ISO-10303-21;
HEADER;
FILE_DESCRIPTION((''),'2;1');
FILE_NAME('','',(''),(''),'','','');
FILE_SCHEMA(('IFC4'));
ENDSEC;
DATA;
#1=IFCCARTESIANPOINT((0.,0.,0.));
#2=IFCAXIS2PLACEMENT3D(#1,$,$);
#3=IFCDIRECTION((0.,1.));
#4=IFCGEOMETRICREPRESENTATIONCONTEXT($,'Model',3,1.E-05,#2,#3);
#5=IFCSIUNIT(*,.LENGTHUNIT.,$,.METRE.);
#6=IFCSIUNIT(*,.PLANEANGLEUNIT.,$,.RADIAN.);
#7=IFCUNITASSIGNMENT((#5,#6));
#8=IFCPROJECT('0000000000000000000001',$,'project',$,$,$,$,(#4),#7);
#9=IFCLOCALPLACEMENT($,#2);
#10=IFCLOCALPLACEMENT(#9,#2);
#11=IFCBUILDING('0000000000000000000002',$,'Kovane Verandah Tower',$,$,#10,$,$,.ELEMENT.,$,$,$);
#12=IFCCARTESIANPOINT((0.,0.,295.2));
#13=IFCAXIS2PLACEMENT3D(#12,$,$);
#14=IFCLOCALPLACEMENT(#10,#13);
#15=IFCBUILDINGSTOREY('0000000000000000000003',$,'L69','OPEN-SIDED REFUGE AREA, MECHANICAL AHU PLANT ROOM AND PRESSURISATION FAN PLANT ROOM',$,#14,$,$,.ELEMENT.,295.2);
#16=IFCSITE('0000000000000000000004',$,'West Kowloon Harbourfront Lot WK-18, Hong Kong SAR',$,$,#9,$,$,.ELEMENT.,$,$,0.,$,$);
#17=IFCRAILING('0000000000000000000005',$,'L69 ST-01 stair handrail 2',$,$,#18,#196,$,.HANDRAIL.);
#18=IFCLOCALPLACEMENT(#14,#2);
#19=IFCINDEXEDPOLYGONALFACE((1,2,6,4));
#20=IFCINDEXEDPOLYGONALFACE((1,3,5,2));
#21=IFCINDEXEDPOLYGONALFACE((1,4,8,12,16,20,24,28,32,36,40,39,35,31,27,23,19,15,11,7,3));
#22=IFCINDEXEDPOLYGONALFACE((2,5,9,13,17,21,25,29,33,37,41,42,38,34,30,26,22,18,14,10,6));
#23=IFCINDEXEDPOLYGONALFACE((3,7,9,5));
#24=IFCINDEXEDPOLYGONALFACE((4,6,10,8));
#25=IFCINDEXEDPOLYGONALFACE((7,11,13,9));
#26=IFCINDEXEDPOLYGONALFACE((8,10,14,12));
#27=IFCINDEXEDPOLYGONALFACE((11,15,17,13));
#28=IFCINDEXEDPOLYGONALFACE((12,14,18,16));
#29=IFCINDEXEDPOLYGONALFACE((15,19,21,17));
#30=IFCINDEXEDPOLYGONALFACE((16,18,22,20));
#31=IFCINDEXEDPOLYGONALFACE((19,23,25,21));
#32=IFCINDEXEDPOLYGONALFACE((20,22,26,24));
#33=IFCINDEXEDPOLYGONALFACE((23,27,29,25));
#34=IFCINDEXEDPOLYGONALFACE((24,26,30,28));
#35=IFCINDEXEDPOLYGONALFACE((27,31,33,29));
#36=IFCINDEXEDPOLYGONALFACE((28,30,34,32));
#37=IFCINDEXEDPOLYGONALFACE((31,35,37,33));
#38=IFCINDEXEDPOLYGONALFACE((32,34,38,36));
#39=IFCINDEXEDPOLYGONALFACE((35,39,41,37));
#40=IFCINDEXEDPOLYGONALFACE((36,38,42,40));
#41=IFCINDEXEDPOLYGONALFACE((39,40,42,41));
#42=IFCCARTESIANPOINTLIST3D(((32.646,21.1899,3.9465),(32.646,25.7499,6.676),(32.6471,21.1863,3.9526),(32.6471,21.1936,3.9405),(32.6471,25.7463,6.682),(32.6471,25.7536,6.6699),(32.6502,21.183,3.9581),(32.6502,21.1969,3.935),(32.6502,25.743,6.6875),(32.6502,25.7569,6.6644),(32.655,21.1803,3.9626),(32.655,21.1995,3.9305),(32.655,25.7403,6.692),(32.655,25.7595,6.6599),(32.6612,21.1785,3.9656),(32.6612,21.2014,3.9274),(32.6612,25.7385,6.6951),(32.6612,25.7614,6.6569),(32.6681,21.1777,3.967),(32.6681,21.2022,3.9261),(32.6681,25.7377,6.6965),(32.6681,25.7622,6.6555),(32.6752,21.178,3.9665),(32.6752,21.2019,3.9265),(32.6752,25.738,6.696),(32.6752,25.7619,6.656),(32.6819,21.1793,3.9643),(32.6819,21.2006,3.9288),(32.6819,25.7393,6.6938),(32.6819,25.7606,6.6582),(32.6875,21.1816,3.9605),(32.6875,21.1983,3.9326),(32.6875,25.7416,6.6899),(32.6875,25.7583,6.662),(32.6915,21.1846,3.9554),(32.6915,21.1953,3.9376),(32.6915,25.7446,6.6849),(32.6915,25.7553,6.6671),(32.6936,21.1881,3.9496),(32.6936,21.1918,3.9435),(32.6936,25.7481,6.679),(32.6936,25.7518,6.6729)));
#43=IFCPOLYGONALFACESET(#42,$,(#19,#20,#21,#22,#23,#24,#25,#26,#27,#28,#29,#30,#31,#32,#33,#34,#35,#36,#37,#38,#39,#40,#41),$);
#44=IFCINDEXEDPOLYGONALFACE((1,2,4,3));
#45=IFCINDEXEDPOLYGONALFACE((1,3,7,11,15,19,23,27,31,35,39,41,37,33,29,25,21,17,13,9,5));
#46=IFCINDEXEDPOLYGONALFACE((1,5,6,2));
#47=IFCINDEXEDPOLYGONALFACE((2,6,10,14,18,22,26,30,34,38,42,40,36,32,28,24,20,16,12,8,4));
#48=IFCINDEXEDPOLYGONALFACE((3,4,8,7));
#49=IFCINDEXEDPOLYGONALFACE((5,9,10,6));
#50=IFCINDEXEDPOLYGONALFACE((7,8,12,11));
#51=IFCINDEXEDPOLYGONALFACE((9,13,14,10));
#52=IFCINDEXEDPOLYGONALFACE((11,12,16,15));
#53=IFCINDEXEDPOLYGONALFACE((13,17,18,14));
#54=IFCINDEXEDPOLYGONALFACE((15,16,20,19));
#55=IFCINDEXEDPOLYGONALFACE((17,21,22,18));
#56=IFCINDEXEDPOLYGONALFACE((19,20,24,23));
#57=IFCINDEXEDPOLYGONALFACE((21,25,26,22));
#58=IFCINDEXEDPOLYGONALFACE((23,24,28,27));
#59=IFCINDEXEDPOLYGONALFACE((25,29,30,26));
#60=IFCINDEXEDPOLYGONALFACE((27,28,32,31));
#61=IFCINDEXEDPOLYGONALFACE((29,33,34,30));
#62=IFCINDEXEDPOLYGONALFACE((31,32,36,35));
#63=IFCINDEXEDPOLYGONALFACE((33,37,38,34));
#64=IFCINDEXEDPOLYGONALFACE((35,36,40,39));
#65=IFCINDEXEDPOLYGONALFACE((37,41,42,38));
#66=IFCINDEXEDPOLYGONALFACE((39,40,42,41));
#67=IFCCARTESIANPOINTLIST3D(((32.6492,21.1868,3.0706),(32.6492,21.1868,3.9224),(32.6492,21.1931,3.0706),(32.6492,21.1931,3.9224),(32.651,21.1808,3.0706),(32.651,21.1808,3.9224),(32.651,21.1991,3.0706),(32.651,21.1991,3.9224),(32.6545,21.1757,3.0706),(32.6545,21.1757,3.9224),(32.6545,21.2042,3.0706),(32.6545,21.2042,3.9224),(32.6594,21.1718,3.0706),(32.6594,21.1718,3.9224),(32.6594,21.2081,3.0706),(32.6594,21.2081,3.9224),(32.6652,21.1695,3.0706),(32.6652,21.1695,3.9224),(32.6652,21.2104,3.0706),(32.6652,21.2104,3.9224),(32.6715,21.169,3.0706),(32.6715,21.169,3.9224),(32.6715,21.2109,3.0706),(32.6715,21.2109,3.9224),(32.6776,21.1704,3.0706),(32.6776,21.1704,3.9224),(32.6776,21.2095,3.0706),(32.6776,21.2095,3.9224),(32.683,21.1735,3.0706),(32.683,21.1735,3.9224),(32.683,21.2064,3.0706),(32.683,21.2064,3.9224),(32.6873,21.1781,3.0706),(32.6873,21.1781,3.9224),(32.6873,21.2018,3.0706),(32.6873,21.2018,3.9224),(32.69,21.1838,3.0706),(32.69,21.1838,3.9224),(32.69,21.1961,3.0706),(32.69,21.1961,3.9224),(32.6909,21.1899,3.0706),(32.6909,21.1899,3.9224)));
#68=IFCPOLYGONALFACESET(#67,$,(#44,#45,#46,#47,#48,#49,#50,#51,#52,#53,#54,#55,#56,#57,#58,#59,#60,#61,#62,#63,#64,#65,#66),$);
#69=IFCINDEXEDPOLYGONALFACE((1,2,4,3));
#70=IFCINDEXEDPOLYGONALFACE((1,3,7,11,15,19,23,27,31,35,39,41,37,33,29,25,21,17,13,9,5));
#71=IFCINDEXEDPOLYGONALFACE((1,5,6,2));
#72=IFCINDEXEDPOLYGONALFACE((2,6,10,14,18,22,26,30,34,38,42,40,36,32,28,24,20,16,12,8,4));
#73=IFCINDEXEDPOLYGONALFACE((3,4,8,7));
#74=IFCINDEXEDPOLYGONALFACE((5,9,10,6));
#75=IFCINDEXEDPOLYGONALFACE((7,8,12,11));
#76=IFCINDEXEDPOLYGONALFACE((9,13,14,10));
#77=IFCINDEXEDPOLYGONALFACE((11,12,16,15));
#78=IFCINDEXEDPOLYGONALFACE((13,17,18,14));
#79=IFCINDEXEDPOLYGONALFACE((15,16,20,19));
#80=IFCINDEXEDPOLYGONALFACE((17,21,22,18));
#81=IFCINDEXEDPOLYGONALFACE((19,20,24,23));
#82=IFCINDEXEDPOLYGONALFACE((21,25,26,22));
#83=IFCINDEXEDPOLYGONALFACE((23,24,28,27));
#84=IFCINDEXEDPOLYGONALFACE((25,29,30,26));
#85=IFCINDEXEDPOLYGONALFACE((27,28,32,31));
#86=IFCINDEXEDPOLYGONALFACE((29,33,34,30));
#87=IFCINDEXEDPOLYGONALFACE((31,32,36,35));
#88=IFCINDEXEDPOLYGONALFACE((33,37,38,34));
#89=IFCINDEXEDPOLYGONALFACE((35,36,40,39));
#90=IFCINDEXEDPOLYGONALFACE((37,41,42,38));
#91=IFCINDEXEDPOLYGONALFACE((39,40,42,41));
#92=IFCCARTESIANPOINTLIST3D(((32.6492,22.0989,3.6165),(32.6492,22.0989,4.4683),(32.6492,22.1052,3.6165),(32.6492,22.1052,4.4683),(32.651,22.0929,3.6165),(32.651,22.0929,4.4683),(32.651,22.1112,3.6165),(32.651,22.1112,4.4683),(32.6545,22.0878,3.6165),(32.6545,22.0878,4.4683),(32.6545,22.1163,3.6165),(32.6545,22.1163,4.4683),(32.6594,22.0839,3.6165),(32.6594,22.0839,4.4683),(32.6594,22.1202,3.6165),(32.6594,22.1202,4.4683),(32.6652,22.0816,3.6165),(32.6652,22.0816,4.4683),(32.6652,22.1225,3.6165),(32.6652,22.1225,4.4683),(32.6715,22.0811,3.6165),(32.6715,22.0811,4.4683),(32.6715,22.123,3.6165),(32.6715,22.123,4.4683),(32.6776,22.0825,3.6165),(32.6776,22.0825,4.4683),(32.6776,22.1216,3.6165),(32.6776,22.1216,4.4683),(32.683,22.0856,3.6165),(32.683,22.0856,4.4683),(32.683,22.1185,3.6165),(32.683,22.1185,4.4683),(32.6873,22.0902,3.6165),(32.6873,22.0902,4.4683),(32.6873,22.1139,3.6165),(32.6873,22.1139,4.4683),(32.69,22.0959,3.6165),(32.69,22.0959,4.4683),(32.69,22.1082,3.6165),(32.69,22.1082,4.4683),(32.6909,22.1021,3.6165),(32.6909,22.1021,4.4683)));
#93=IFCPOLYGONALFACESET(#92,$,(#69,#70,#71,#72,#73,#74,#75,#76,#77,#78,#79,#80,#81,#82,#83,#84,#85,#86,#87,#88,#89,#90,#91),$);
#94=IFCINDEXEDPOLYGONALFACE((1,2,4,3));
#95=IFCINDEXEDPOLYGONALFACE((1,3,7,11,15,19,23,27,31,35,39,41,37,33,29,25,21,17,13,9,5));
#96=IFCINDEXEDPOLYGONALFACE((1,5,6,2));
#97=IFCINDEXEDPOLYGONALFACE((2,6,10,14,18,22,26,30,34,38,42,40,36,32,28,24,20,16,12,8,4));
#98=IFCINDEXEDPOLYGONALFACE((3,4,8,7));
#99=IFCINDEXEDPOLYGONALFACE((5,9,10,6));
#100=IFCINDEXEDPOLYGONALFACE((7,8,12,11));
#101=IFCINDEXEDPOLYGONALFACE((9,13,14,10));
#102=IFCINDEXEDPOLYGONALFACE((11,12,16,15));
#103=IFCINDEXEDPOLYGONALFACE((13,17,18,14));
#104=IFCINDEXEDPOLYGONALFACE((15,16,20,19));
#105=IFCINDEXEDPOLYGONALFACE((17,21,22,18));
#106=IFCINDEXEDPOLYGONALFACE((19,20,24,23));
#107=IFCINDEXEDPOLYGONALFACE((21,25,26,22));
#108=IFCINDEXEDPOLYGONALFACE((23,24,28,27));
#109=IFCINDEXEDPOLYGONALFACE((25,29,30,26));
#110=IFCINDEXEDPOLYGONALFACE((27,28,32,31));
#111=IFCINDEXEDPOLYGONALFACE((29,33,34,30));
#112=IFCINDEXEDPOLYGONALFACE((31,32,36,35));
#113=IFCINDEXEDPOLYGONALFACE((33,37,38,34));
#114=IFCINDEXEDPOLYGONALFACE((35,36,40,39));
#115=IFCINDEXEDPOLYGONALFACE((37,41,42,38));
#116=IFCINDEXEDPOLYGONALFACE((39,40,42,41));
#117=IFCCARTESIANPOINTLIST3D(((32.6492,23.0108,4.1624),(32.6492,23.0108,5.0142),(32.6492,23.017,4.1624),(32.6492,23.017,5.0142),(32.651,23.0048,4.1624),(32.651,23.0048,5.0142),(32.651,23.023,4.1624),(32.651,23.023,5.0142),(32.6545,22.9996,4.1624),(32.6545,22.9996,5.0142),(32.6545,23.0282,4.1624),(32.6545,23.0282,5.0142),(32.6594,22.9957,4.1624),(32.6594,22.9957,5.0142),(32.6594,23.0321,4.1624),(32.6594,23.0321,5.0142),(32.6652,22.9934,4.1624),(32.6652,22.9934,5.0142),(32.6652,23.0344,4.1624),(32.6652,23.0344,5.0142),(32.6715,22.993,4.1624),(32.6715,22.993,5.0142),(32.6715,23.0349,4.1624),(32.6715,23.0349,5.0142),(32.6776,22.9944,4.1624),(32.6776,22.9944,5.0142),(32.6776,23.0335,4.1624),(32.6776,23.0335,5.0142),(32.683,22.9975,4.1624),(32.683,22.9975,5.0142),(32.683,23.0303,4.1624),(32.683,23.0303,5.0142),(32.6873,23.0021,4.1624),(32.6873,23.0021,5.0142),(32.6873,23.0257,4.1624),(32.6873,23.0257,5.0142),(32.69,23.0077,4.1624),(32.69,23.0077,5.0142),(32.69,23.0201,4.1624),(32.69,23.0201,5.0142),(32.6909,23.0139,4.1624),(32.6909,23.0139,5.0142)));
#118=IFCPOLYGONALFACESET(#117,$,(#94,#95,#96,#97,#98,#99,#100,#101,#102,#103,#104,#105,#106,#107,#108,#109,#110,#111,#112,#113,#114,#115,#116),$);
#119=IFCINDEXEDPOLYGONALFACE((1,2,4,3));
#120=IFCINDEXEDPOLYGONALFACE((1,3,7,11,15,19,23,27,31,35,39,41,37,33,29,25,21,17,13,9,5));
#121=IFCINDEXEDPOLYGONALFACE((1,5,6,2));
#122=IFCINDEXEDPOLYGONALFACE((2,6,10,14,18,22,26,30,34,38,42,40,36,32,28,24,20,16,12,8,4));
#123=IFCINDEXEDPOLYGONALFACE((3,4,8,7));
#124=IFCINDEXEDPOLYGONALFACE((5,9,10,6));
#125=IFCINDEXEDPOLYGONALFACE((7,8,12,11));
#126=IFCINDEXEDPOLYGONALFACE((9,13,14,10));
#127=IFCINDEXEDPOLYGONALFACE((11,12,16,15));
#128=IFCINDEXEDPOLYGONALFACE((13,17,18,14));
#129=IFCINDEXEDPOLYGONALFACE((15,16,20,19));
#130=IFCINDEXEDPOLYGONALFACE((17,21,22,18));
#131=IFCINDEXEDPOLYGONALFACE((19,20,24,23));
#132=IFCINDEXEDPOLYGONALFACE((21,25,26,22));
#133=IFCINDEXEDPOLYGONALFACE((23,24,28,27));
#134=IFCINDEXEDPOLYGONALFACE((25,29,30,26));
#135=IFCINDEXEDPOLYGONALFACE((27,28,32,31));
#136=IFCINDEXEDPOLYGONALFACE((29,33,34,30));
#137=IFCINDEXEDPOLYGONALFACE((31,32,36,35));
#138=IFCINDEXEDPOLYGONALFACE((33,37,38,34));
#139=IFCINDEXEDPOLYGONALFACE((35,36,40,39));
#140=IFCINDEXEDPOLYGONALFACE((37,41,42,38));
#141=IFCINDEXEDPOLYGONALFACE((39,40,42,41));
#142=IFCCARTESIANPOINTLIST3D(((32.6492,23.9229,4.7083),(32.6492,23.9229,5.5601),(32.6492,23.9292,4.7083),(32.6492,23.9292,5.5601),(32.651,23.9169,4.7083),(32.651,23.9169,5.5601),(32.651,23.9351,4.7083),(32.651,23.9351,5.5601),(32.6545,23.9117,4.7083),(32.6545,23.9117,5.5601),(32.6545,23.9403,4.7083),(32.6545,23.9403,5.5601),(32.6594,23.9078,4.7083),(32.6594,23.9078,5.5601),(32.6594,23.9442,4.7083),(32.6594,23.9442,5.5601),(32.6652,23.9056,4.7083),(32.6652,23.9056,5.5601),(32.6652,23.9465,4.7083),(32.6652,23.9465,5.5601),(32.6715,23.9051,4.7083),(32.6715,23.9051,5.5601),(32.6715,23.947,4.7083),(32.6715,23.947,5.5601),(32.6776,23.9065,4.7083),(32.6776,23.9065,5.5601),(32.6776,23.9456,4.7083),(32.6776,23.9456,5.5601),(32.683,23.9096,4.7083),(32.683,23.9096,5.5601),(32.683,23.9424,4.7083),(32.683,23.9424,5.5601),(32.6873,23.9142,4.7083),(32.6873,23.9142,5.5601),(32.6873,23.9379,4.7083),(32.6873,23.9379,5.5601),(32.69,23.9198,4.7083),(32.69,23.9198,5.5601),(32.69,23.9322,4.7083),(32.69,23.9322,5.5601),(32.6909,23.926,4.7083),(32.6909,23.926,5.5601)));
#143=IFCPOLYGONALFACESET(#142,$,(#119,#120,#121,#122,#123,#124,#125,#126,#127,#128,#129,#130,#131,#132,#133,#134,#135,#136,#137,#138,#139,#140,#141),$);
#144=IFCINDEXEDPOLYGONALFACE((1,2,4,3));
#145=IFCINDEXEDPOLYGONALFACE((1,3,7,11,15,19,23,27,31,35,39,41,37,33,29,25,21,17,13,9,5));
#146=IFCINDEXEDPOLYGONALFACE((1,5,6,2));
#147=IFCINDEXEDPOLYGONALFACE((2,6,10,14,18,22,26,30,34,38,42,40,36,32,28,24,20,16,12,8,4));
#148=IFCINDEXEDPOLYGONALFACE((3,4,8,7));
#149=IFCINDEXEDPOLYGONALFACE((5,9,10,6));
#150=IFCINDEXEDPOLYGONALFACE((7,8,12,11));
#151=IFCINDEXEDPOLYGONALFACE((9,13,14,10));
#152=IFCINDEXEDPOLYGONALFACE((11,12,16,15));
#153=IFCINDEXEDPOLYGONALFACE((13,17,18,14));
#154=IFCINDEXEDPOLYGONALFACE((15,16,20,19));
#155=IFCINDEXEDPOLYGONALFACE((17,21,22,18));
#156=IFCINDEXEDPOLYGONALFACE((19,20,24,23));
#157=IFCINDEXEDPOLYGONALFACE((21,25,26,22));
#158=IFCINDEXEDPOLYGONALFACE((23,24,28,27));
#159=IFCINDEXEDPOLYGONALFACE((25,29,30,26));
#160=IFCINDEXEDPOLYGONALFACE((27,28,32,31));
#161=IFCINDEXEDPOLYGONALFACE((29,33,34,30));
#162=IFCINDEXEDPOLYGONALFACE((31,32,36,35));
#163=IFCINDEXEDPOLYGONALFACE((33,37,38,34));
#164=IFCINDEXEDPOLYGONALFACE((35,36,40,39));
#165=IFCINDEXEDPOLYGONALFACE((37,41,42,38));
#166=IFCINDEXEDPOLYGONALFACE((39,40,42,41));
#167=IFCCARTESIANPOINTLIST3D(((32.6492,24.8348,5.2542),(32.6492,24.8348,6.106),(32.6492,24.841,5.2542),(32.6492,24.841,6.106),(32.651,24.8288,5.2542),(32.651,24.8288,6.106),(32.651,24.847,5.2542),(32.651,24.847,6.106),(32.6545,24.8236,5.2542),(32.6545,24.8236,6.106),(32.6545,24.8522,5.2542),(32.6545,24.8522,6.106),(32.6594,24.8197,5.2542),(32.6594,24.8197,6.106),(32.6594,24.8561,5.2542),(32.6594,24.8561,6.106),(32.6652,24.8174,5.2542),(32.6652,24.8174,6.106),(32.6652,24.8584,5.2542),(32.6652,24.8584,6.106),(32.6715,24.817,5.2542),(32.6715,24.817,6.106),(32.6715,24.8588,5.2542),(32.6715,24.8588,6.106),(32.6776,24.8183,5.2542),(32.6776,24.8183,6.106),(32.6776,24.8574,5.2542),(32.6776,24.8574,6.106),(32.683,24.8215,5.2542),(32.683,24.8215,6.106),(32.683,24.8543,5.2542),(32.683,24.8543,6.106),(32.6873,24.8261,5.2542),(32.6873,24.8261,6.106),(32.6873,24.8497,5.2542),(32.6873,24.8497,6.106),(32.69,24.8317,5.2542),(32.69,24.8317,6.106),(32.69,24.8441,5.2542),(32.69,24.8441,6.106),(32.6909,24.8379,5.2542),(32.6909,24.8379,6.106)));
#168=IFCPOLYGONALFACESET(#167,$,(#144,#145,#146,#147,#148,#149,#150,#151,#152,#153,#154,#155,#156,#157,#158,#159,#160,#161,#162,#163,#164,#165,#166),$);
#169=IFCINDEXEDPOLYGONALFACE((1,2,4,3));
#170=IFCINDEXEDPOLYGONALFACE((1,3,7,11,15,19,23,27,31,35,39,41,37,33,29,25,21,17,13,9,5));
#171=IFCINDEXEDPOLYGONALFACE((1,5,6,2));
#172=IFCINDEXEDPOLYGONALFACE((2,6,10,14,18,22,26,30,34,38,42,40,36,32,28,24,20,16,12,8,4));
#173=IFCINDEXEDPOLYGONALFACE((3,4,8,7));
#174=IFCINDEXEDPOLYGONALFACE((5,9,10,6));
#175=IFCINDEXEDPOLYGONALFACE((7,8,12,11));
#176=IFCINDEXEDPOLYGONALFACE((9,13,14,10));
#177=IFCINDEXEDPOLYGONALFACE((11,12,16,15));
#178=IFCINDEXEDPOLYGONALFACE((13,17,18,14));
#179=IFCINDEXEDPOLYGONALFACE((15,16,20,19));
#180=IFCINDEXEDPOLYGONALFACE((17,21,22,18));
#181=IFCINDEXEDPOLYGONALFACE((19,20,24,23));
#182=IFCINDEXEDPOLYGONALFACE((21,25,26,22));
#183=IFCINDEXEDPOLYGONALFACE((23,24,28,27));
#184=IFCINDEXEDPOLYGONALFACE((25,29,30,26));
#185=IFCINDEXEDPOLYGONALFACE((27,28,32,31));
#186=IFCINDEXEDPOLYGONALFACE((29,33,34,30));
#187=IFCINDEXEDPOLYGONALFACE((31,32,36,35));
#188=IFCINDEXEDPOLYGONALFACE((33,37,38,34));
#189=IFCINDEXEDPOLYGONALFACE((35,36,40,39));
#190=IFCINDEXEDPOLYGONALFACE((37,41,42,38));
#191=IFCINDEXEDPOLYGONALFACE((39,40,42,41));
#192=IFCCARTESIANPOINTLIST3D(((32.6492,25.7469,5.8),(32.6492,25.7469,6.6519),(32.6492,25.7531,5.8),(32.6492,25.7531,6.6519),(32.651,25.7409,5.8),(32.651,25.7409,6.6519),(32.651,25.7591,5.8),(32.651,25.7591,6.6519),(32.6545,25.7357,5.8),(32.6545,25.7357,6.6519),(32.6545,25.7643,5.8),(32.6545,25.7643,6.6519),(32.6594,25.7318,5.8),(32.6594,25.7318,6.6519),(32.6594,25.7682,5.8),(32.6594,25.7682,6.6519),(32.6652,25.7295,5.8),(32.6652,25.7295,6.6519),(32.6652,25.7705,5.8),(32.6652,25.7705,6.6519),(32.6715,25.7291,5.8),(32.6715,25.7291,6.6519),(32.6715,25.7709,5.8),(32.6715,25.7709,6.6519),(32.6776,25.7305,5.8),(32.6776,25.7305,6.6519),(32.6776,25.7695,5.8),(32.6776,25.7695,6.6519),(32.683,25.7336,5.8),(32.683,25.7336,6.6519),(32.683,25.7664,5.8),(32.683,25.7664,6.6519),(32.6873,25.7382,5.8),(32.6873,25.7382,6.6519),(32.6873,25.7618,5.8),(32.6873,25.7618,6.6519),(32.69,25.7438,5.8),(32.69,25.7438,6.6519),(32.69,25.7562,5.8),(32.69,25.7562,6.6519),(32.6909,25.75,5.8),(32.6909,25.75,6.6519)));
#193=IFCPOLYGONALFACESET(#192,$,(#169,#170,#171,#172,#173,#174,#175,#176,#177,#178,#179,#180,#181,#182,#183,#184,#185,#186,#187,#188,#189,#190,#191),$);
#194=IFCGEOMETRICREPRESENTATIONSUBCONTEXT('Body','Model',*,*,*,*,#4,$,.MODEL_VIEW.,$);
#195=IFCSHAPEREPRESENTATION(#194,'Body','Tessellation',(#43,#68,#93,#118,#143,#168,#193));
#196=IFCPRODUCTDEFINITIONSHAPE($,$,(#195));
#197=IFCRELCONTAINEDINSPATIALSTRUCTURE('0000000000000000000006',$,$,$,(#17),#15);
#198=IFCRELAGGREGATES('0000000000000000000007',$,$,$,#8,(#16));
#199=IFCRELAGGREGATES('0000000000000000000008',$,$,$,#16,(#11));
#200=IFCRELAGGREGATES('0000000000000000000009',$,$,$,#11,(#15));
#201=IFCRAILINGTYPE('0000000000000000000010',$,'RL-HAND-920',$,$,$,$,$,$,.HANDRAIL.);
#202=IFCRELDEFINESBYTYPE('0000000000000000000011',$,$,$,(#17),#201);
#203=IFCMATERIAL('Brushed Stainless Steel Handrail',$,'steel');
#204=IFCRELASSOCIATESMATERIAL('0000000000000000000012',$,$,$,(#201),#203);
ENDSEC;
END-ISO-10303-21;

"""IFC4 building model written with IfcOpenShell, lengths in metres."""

from ifc_helpers import new_model, si_unit, direction, frame, origin, origin_2d, place, context, subcontext, project, spatial, circle, extrude, material, type_object, element, save


model = new_model("IFC4")

# Units and contexts
model_context = context("Model", 3, precision=1e-05, world=origin(), true_north=direction((0.0, 1.0)))
body_context = subcontext(model_context, "Body", "Model", "MODEL_VIEW")
ifc_project = project(units=[si_unit("LENGTHUNIT", "METRE"), si_unit("PLANEANGLEUNIT", "RADIAN")], contexts=[model_context])

# Site, building, storey
site_placement = place(None, origin())
site = spatial("IfcSite", under=ifc_project, at=site_placement, Name="West Kowloon Harbourfront Lot WK-18, Hong Kong SAR", CompositionType="ELEMENT", RefElevation=0.0)
building_placement = place(site_placement, origin())
building = spatial("IfcBuilding", under=site, at=building_placement, Name="Kovane Verandah Tower", CompositionType="ELEMENT")
storey_placement = place(building_placement, frame((0.0, 0.0, 295.2)))
storey = spatial("IfcBuildingStorey", under=building, at=storey_placement, Name="L69", Description="OPEN-SIDED REFUGE AREA, MECHANICAL AHU PLANT ROOM AND PRESSURISATION FAN PLANT ROOM", CompositionType="ELEMENT", Elevation=295.2)

# Railing
ifc_material_1 = material(Name="Brushed Stainless Steel Handrail", Category="steel")
railing_type_1 = type_object("IfcRailingType", Name="RL-HAND-920", PredefinedType="HANDRAIL", material=ifc_material_1)
railing_1_placement = place(storey_placement, frame((32.6699, 21.1899, 3.0706)))
element("IfcRailing", 1, at=railing_1_placement, inside=storey, type_object=railing_type_1, Name="L69 ST-01 stair handrail 2", PredefinedType="HANDRAIL", context=body_context, shape_type="SweptSolid", body=[
    extrude(circle(Radius=0.0239, at=origin_2d()), frame((0.0, 0.0, 0.876), z_axis=(0.0, 0.858036, 0.51359), x_axis=(-1.0, 0.0, 0.0)), (0.0, 0.0, 1.0), 5.3145),
    extrude(circle(Radius=0.021, at=origin_2d()), origin(), (0.0, 0.0, 1.0), 0.8518),
    extrude(circle(Radius=0.021, at=origin_2d()), frame((0.0, 0.9121, 0.5459)), (0.0, 0.0, 1.0), 0.8518),
    extrude(circle(Radius=0.021, at=origin_2d()), frame((0.0, 1.824, 1.0918)), (0.0, 0.0, 1.0), 0.8518),
    extrude(circle(Radius=0.021, at=origin_2d()), frame((0.0, 2.7361, 1.6377)), (0.0, 0.0, 1.0), 0.8518),
    extrude(circle(Radius=0.021, at=origin_2d()), frame((0.0, 3.6479, 2.1836)), (0.0, 0.0, 1.0), 0.8518),
    extrude(circle(Radius=0.021, at=origin_2d()), frame((0.0, 4.5601, 2.7295)), (0.0, 0.0, 1.0), 0.8518),
])

save(model, "model.ifc")
